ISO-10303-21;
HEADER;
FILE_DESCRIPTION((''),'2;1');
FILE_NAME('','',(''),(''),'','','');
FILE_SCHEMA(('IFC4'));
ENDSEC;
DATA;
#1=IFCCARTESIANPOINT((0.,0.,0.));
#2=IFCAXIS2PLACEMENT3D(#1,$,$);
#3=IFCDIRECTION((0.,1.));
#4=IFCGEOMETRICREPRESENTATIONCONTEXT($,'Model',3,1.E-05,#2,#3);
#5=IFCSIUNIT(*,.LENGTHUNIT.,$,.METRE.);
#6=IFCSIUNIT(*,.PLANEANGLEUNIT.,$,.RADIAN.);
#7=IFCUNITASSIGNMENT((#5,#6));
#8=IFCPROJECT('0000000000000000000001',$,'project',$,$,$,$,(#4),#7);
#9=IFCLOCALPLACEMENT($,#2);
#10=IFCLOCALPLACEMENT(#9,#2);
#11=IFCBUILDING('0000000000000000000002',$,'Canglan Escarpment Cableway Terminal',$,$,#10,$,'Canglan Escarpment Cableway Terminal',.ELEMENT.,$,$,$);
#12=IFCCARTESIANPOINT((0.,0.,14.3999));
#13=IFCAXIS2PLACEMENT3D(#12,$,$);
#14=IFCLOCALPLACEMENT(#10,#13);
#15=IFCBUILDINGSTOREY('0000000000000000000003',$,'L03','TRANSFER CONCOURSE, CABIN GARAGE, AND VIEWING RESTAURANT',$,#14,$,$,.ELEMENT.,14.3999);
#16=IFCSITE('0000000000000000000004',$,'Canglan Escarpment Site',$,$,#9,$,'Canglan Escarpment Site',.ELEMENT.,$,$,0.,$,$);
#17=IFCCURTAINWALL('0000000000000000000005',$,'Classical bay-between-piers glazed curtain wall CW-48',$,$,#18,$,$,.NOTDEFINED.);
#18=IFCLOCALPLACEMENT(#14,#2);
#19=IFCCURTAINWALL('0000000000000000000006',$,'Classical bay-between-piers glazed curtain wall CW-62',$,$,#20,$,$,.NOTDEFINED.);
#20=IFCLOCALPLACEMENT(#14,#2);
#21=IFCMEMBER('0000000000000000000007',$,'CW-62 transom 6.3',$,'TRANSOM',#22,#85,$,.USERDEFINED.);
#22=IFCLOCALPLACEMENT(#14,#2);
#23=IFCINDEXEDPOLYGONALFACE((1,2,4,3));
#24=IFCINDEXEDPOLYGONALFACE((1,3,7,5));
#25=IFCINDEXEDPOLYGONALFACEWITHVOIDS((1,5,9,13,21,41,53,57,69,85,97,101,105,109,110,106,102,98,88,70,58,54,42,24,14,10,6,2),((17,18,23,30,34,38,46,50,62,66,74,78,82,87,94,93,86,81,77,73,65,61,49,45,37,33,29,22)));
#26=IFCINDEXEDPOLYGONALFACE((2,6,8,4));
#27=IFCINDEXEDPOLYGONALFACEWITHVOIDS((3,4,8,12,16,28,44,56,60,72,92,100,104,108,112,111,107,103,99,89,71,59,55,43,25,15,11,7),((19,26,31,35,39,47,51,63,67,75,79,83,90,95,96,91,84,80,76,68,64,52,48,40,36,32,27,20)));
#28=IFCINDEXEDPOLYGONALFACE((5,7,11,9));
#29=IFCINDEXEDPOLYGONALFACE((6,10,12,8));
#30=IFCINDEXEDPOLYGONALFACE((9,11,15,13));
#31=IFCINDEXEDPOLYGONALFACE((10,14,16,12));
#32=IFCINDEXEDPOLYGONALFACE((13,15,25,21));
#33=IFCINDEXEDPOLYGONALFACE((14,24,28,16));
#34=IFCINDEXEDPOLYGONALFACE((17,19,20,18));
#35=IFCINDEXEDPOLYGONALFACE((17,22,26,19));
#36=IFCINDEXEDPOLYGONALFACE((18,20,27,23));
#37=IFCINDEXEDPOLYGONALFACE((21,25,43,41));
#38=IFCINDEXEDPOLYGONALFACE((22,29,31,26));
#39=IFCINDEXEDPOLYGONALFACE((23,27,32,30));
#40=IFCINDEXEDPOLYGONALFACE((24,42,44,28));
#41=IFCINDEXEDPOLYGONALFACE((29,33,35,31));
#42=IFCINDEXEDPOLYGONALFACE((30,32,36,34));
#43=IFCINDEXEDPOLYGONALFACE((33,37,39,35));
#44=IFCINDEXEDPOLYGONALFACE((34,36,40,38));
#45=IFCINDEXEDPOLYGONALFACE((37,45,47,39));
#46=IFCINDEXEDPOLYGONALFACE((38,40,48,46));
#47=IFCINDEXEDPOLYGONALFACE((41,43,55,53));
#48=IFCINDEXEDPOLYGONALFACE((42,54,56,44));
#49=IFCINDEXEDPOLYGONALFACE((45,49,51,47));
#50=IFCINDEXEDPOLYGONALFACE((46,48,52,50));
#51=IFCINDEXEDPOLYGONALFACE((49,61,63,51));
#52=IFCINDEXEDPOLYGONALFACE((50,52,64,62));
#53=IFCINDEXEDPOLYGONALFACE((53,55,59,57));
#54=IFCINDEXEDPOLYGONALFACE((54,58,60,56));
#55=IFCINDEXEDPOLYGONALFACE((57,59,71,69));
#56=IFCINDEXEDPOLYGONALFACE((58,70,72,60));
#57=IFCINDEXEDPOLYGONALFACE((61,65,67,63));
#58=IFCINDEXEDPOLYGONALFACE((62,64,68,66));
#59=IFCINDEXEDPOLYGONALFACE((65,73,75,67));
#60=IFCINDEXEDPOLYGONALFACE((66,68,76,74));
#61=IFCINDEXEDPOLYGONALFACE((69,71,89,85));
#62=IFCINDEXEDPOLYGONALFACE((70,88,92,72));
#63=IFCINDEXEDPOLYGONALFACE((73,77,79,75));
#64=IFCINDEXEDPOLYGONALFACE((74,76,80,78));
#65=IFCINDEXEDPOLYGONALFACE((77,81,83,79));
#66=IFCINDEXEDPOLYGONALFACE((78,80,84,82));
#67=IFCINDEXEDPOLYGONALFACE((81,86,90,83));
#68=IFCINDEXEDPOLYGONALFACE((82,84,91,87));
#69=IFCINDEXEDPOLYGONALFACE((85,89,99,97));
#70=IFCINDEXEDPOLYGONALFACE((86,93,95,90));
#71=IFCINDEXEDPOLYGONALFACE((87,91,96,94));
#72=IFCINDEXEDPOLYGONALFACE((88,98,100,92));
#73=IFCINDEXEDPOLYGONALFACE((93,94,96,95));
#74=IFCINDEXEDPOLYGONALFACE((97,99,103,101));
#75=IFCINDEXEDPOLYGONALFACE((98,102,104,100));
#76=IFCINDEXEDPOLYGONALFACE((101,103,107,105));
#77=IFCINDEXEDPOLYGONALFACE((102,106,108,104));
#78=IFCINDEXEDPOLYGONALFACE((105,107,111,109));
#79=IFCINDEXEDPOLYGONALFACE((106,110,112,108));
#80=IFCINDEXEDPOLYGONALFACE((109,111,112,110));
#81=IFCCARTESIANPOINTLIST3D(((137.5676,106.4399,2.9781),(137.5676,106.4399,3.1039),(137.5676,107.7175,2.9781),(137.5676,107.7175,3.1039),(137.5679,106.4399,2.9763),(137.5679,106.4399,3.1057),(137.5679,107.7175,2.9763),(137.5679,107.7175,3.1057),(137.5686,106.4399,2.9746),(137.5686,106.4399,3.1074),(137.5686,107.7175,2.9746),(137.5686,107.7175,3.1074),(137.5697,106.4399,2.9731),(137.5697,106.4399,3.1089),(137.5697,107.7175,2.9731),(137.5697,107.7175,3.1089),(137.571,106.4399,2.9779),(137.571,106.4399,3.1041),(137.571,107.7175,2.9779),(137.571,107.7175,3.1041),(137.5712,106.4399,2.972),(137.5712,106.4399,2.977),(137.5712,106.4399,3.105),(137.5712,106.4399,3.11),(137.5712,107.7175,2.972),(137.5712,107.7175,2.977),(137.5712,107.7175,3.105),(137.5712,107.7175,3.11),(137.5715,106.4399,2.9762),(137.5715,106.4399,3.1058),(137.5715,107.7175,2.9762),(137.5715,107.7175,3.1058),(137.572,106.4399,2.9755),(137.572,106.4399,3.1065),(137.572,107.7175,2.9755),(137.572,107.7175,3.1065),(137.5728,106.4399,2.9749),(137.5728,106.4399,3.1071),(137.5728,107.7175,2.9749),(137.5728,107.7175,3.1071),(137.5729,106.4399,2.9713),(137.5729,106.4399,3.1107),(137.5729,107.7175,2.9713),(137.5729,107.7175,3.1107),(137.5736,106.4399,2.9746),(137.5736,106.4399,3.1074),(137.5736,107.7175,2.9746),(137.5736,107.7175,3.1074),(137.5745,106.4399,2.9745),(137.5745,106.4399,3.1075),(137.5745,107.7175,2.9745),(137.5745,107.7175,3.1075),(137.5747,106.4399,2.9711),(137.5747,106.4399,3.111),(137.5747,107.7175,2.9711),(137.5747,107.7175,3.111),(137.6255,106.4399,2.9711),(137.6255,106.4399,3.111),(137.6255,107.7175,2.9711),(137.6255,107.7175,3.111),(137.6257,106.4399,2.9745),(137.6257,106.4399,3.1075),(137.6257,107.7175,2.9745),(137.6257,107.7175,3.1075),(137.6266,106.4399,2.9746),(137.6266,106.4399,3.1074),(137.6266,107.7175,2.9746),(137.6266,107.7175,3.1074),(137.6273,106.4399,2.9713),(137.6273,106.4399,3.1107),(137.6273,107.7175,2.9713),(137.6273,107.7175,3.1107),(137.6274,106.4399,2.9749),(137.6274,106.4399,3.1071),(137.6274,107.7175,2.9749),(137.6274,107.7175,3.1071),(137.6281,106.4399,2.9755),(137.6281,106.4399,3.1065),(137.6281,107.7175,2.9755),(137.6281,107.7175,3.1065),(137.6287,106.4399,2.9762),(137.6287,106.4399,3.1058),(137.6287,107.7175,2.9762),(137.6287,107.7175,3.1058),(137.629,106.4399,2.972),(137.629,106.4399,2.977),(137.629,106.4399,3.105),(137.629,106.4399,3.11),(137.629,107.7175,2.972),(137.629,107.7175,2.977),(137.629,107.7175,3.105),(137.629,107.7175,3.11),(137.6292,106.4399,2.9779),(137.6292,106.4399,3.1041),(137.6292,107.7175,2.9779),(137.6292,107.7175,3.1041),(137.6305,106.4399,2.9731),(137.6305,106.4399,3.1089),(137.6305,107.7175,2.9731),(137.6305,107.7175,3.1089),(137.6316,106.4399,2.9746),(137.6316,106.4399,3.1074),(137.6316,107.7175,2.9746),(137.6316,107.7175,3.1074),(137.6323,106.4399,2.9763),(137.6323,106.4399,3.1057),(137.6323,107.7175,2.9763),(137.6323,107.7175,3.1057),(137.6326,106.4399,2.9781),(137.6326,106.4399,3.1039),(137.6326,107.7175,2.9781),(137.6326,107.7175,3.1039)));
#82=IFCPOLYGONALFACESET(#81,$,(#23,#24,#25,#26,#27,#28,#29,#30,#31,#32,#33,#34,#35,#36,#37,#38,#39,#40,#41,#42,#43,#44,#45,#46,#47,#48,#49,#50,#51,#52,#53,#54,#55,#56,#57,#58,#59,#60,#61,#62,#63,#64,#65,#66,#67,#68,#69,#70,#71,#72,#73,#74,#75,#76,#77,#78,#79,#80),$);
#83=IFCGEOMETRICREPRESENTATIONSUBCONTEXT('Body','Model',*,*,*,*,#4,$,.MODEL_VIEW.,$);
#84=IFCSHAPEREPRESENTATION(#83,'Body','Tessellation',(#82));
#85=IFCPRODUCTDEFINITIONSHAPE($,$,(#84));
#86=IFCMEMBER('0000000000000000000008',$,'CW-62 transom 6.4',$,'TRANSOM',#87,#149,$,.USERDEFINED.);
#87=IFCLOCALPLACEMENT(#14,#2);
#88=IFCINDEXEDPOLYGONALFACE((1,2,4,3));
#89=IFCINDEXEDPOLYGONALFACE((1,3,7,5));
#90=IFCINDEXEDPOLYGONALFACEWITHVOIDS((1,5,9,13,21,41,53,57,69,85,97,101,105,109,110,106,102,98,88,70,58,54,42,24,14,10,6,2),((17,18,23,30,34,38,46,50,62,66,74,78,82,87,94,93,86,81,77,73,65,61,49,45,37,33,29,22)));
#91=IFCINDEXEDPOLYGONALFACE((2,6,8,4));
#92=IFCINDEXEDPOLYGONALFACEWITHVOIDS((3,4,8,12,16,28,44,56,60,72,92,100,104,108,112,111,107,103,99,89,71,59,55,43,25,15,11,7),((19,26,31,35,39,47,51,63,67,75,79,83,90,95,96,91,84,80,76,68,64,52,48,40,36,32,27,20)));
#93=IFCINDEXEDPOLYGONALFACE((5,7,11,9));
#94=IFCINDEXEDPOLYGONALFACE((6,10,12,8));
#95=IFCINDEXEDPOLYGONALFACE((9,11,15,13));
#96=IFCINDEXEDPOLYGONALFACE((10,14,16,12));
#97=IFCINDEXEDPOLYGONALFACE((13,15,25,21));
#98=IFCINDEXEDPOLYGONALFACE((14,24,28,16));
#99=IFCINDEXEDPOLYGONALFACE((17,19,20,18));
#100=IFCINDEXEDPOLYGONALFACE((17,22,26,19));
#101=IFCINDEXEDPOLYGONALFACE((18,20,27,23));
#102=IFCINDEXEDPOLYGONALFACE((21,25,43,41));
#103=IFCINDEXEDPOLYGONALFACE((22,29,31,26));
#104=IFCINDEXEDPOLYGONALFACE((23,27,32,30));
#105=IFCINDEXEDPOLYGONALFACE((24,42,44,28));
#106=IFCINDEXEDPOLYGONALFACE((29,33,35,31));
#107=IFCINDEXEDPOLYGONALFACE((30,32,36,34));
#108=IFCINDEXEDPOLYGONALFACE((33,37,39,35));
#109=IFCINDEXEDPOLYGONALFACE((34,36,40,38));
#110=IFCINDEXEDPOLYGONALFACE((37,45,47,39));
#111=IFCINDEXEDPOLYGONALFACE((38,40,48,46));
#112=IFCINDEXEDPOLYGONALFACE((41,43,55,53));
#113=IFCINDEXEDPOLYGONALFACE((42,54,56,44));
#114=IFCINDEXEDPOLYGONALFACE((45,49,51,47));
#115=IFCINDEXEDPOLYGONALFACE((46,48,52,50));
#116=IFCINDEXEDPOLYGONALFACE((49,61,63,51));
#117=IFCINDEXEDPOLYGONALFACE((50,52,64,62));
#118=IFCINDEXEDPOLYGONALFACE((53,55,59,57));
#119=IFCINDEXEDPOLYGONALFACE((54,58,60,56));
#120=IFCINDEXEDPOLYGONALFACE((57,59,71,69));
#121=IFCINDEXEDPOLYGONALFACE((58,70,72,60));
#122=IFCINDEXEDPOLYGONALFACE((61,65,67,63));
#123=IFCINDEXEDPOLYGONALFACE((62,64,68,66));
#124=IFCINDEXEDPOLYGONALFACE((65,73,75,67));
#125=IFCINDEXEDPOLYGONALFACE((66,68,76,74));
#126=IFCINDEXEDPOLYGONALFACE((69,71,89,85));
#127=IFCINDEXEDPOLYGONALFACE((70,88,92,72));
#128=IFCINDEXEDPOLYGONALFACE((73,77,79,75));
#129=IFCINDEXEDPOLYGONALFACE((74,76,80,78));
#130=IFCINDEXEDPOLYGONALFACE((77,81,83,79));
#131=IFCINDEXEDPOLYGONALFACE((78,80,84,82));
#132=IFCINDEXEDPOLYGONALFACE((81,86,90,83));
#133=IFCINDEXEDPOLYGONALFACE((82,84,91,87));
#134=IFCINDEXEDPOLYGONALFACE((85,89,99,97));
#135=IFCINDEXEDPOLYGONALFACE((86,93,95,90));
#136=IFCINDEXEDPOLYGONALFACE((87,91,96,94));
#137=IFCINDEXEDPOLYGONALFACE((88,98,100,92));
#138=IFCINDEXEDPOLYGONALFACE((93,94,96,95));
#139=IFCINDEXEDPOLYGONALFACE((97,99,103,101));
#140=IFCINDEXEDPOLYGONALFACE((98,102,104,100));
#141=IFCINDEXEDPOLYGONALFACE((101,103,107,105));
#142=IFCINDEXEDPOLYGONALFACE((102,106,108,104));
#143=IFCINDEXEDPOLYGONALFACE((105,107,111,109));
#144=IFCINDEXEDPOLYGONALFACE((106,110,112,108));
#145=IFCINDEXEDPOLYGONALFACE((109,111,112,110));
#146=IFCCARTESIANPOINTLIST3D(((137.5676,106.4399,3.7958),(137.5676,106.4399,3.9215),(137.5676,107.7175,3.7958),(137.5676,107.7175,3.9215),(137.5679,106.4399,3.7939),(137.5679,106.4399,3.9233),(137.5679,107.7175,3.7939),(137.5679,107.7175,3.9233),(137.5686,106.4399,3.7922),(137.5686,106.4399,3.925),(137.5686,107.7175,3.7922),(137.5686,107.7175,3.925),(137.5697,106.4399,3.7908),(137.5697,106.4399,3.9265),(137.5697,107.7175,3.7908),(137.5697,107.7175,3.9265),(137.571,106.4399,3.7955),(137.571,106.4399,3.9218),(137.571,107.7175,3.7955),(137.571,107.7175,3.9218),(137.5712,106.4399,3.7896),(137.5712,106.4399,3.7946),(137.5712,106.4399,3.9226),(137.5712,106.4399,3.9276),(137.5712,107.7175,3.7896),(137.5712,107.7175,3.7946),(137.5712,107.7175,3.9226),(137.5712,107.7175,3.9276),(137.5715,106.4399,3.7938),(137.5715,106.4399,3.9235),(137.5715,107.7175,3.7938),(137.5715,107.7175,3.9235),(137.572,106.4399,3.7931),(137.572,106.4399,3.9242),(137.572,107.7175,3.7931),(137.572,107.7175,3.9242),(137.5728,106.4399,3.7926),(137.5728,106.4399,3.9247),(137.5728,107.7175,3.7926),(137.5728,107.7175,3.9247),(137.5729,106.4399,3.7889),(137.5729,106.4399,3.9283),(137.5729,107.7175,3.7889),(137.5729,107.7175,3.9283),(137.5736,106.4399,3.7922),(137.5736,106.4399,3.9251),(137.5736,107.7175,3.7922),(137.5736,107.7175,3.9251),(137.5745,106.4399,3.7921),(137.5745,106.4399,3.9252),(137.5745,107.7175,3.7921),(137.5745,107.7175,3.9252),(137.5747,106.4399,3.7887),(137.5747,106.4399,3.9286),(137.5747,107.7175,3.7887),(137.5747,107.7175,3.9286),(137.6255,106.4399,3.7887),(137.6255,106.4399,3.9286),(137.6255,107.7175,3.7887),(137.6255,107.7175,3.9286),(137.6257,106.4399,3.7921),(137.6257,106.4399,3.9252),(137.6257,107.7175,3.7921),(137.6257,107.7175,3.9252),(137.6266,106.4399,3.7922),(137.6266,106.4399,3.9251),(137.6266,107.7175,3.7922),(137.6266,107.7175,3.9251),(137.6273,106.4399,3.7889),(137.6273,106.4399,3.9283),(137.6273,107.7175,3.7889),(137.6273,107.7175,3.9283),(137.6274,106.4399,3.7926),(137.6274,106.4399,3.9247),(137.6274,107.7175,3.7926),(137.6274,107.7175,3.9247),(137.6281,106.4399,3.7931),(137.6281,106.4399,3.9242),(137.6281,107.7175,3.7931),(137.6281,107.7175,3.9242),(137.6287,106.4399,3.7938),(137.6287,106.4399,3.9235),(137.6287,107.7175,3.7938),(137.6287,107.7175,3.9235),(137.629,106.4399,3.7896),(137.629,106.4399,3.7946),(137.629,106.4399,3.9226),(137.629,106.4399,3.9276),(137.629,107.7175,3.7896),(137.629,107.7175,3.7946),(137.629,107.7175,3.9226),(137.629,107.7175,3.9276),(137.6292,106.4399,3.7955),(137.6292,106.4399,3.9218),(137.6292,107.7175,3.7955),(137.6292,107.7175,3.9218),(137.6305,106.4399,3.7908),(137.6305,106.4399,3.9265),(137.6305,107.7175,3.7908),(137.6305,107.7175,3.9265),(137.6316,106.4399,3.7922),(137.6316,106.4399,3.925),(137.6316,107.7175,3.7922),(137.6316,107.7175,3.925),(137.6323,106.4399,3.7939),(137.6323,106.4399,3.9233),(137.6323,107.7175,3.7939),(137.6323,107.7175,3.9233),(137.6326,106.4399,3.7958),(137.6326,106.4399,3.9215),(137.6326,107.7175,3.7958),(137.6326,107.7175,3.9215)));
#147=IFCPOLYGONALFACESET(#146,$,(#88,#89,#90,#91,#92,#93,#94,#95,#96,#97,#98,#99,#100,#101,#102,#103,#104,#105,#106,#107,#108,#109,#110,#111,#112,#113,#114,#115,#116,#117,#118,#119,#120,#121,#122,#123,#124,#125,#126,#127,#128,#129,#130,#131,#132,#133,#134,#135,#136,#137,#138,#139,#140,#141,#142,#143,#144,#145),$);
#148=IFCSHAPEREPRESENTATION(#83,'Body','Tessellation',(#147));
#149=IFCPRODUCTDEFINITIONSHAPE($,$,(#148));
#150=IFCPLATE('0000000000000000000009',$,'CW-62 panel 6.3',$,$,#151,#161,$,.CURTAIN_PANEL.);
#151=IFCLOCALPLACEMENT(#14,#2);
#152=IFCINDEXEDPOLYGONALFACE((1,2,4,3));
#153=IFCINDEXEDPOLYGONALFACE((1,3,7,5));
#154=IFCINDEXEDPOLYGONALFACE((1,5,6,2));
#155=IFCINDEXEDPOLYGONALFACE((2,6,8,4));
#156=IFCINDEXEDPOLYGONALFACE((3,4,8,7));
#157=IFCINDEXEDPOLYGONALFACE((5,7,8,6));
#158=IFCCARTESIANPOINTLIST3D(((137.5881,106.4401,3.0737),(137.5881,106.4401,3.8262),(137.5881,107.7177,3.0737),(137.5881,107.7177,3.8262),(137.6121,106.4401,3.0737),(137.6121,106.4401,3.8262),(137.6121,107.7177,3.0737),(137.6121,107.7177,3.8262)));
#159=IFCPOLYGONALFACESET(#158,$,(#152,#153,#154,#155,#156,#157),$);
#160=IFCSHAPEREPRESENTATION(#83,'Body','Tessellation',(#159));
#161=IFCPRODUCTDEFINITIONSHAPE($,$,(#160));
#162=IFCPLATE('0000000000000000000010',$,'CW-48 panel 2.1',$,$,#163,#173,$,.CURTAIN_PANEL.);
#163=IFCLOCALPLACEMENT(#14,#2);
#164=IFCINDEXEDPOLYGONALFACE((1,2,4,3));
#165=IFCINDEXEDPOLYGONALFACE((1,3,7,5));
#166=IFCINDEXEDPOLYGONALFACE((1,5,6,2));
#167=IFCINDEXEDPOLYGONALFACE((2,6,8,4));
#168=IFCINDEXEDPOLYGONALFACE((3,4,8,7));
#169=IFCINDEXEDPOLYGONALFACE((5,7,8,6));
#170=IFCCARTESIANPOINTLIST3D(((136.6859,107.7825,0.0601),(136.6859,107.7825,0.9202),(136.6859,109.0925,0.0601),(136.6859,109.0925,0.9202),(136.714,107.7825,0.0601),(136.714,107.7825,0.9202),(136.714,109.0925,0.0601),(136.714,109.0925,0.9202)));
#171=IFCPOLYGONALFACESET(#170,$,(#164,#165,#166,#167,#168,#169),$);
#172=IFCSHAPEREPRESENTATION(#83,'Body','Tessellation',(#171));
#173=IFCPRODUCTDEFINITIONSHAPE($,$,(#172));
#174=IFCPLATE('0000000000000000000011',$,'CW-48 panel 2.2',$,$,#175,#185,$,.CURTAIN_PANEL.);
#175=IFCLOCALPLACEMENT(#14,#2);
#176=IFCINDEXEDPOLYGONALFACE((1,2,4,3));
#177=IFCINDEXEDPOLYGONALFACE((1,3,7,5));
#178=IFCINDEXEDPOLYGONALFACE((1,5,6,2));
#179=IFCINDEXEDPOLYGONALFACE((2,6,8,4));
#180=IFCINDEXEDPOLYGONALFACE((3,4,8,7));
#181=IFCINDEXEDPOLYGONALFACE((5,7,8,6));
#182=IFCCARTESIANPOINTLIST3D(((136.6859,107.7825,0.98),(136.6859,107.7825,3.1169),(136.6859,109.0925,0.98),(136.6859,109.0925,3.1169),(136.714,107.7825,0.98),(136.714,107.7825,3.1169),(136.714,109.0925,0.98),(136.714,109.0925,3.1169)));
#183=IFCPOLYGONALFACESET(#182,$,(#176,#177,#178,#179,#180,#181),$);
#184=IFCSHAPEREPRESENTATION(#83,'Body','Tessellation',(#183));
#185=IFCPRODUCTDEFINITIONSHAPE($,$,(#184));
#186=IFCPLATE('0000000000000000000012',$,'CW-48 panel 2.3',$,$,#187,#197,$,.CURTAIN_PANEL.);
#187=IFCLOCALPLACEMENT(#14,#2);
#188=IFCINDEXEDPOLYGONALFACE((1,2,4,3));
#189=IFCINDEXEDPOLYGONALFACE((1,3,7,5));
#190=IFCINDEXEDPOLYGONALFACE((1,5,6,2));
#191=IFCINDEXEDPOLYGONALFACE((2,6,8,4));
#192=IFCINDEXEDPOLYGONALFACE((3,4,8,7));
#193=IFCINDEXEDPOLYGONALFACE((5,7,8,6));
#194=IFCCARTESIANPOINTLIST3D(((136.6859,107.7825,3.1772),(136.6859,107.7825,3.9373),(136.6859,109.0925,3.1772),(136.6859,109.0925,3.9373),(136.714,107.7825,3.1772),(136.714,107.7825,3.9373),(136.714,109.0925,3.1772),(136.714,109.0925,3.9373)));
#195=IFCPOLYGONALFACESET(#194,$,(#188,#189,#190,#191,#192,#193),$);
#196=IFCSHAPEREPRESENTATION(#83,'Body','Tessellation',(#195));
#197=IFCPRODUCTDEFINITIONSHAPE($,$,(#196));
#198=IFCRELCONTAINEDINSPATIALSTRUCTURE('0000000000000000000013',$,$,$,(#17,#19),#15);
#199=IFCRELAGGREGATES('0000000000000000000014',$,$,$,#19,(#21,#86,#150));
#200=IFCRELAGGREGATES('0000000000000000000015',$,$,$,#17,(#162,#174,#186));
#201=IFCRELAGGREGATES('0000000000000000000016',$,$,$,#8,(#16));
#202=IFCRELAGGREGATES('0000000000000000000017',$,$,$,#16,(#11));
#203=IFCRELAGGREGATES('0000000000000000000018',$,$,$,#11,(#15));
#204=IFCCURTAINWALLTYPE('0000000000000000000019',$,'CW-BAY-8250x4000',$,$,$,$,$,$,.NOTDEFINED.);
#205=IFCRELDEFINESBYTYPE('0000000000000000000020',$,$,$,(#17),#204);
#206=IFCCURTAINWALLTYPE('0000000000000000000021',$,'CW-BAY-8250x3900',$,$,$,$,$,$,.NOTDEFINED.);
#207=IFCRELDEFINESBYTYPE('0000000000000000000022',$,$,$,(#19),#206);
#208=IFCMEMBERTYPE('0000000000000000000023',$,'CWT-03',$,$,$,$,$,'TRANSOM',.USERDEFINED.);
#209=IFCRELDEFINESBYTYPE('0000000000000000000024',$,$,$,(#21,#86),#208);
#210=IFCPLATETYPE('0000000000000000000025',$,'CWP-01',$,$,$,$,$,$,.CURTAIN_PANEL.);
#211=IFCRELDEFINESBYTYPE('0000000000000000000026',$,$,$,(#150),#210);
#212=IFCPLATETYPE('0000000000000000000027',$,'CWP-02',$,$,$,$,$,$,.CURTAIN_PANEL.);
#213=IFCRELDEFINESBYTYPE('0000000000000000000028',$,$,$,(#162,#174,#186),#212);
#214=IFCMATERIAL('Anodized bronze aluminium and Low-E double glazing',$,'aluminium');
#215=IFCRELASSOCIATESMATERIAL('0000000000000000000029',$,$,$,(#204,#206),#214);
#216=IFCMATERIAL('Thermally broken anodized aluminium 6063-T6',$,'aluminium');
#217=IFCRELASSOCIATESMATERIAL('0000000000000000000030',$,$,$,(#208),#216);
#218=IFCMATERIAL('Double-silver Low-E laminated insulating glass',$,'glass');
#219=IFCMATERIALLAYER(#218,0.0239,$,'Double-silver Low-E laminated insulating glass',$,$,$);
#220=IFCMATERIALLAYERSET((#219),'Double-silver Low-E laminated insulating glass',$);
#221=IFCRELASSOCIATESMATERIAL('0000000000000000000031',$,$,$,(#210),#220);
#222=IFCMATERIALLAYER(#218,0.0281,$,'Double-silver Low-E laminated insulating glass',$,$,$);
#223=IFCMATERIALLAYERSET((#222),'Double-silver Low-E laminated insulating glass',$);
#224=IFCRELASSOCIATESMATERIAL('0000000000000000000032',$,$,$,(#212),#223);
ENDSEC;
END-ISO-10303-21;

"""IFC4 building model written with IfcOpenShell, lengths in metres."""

from ifc_helpers import new_model, si_unit, direction, frame, origin, origin_2d, place, context, subcontext, project, spatial, rectangle, hollow_rectangle, extrude, material, layer, layer_set, material_profile, profile_set, type_object, element, aggregate, save


model = new_model("IFC4")

# Units and contexts
model_context = context("Model", 3, precision=1e-05, world=origin(), true_north=direction((0.0, 1.0)))
body_context = subcontext(model_context, "Body", "Model", "MODEL_VIEW")
ifc_project = project(units=[si_unit("LENGTHUNIT", "METRE"), si_unit("PLANEANGLEUNIT", "RADIAN")], contexts=[model_context])

# Site, building, storey
site_placement = place(None, origin())
site = spatial("IfcSite", under=ifc_project, at=site_placement, Name="Canglan Escarpment Site", LongName="Canglan Escarpment Site", CompositionType="ELEMENT", RefElevation=0.0)
building_placement = place(site_placement, origin())
building = spatial("IfcBuilding", under=site, at=building_placement, Name="Canglan Escarpment Cableway Terminal", LongName="Canglan Escarpment Cableway Terminal", CompositionType="ELEMENT")
storey_placement = place(building_placement, frame((0.0, 0.0, 14.3999)))
storey = spatial("IfcBuildingStorey", under=building, at=storey_placement, Name="L03", Description="TRANSFER CONCOURSE, CABIN GARAGE, AND VIEWING RESTAURANT", CompositionType="ELEMENT", Elevation=14.3999)

# Curtain wall
ifc_material_1 = material(Name="Anodized bronze aluminium and Low-E double glazing", Category="aluminium")
curtain_wall_type_1 = type_object("IfcCurtainWallType", Name="CW-BAY-8250x4000", PredefinedType="NOTDEFINED", material=ifc_material_1)
curtain_wall_1_placement = place(storey_placement, origin())
curtain_wall_1 = element("IfcCurtainWall", 1, at=curtain_wall_1_placement, inside=storey, type_object=curtain_wall_type_1, Name="Classical bay-between-piers glazed curtain wall CW-48", PredefinedType="NOTDEFINED")
ifc_material_2 = material(Name="Thermally broken anodized aluminium 6063-T6", Category="aluminium")

# Curtain wall, members, plate
curtain_wall_type_2 = type_object("IfcCurtainWallType", Name="CW-BAY-8250x3900", PredefinedType="NOTDEFINED", material=ifc_material_1)
curtain_wall_2_placement = place(storey_placement, origin())
curtain_wall_2 = element("IfcCurtainWall", 2, at=curtain_wall_2_placement, inside=storey, type_object=curtain_wall_type_2, Name="Classical bay-between-piers glazed curtain wall CW-62", PredefinedType="NOTDEFINED")
ifc_material_profile_1 = material_profile(ifc_material_2, hollow_rectangle(XDim=0.0649, YDim=0.1399, WallThickness=0.0034, InnerFilletRadius=0.0034, OuterFilletRadius=0.0071, at=origin_2d()), Name="ALU-TRAN 65x140x3.5")
ifc_profile_set_1 = profile_set([ifc_material_profile_1], Name="Thermally broken anodized aluminium 6063-T6")
member_type_1 = type_object("IfcMemberType", Name="CWT-03", ElementType="TRANSOM", PredefinedType="USERDEFINED", material=ifc_profile_set_1)
member_1_placement = place(storey_placement, frame((137.6001, 107.7175, 3.041), z_axis=(0.0, -1.0, 0.0), x_axis=(1.0, 0.0, 0.0)))
member_1 = element("IfcMember", 3, at=member_1_placement, type_object=member_type_1, Name="CW-62 transom 6.3", ObjectType="TRANSOM", PredefinedType="USERDEFINED", context=body_context, shape_type="SweptSolid", body=[
    extrude(hollow_rectangle(XDim=0.0649, YDim=0.1399, WallThickness=0.0034, InnerFilletRadius=0.0034, OuterFilletRadius=0.0071, at=origin_2d()), origin(), (0.0, 0.0, 1.0), 1.2776),
])
member_2_placement = place(storey_placement, frame((137.6001, 107.7175, 3.8586), z_axis=(0.0, -1.0, 0.0), x_axis=(1.0, 0.0, 0.0)))
member_2 = element("IfcMember", 4, at=member_2_placement, type_object=member_type_1, Name="CW-62 transom 6.4", ObjectType="TRANSOM", PredefinedType="USERDEFINED", context=body_context, shape_type="SweptSolid", body=[
    extrude(hollow_rectangle(XDim=0.0649, YDim=0.1399, WallThickness=0.0034, InnerFilletRadius=0.0034, OuterFilletRadius=0.0071, at=origin_2d()), origin(), (0.0, 0.0, 1.0), 1.2776),
])
ifc_material_3 = material(Name="Double-silver Low-E laminated insulating glass", Category="glass")
ifc_layer_1 = layer(ifc_material_3, 0.0239, Name="Double-silver Low-E laminated insulating glass")
ifc_layer_set_1 = layer_set([ifc_layer_1], Name="Double-silver Low-E laminated insulating glass")
plate_type_1 = type_object("IfcPlateType", Name="CWP-01", PredefinedType="CURTAIN_PANEL", material=ifc_layer_set_1)
plate_1_placement = place(storey_placement, frame((137.6001, 107.0789, 3.0737), z_axis=(0.0, 0.0, 1.0), x_axis=(0.0, -1.0, 0.0)))
plate_1 = element("IfcPlate", 5, at=plate_1_placement, type_object=plate_type_1, Name="CW-62 panel 6.3", PredefinedType="CURTAIN_PANEL", context=body_context, shape_type="SweptSolid", body=[
    extrude(rectangle(XDim=1.2776, YDim=0.0239, at=origin_2d()), origin(), (0.0, 0.0, 1.0), 0.7524),
])
aggregate(curtain_wall_2, [member_1, member_2, plate_1])

# Plates
ifc_layer_2 = layer(ifc_material_3, 0.0281, Name="Double-silver Low-E laminated insulating glass")
ifc_layer_set_2 = layer_set([ifc_layer_2], Name="Double-silver Low-E laminated insulating glass")
plate_type_2 = type_object("IfcPlateType", Name="CWP-02", PredefinedType="CURTAIN_PANEL", material=ifc_layer_set_2)
plate_2_placement = place(storey_placement, frame((136.7, 108.4375, 0.0601), z_axis=(0.0, 0.0, 1.0), x_axis=(0.0, 1.0, 0.0)))
plate_2 = element("IfcPlate", 6, at=plate_2_placement, type_object=plate_type_2, Name="CW-48 panel 2.1", PredefinedType="CURTAIN_PANEL", context=body_context, shape_type="SweptSolid", body=[
    extrude(rectangle(XDim=1.3101, YDim=0.0281, at=origin_2d()), origin(), (0.0, 0.0, 1.0), 0.8601),
])
plate_3_placement = place(storey_placement, frame((136.7, 108.4375, 0.98), z_axis=(0.0, 0.0, 1.0), x_axis=(0.0, 1.0, 0.0)))
plate_3 = element("IfcPlate", 7, at=plate_3_placement, type_object=plate_type_2, Name="CW-48 panel 2.2", PredefinedType="CURTAIN_PANEL", context=body_context, shape_type="SweptSolid", body=[
    extrude(rectangle(XDim=1.3101, YDim=0.0281, at=origin_2d()), origin(), (0.0, 0.0, 1.0), 2.137),
])
plate_4_placement = place(storey_placement, frame((136.7, 108.4375, 3.1772), z_axis=(0.0, 0.0, 1.0), x_axis=(0.0, 1.0, 0.0)))
plate_4 = element("IfcPlate", 8, at=plate_4_placement, type_object=plate_type_2, Name="CW-48 panel 2.3", PredefinedType="CURTAIN_PANEL", context=body_context, shape_type="SweptSolid", body=[
    extrude(rectangle(XDim=1.3101, YDim=0.0281, at=origin_2d()), origin(), (0.0, 0.0, 1.0), 0.76),
])
aggregate(curtain_wall_1, [plate_2, plate_3, plate_4])

save(model, "model.ifc")
